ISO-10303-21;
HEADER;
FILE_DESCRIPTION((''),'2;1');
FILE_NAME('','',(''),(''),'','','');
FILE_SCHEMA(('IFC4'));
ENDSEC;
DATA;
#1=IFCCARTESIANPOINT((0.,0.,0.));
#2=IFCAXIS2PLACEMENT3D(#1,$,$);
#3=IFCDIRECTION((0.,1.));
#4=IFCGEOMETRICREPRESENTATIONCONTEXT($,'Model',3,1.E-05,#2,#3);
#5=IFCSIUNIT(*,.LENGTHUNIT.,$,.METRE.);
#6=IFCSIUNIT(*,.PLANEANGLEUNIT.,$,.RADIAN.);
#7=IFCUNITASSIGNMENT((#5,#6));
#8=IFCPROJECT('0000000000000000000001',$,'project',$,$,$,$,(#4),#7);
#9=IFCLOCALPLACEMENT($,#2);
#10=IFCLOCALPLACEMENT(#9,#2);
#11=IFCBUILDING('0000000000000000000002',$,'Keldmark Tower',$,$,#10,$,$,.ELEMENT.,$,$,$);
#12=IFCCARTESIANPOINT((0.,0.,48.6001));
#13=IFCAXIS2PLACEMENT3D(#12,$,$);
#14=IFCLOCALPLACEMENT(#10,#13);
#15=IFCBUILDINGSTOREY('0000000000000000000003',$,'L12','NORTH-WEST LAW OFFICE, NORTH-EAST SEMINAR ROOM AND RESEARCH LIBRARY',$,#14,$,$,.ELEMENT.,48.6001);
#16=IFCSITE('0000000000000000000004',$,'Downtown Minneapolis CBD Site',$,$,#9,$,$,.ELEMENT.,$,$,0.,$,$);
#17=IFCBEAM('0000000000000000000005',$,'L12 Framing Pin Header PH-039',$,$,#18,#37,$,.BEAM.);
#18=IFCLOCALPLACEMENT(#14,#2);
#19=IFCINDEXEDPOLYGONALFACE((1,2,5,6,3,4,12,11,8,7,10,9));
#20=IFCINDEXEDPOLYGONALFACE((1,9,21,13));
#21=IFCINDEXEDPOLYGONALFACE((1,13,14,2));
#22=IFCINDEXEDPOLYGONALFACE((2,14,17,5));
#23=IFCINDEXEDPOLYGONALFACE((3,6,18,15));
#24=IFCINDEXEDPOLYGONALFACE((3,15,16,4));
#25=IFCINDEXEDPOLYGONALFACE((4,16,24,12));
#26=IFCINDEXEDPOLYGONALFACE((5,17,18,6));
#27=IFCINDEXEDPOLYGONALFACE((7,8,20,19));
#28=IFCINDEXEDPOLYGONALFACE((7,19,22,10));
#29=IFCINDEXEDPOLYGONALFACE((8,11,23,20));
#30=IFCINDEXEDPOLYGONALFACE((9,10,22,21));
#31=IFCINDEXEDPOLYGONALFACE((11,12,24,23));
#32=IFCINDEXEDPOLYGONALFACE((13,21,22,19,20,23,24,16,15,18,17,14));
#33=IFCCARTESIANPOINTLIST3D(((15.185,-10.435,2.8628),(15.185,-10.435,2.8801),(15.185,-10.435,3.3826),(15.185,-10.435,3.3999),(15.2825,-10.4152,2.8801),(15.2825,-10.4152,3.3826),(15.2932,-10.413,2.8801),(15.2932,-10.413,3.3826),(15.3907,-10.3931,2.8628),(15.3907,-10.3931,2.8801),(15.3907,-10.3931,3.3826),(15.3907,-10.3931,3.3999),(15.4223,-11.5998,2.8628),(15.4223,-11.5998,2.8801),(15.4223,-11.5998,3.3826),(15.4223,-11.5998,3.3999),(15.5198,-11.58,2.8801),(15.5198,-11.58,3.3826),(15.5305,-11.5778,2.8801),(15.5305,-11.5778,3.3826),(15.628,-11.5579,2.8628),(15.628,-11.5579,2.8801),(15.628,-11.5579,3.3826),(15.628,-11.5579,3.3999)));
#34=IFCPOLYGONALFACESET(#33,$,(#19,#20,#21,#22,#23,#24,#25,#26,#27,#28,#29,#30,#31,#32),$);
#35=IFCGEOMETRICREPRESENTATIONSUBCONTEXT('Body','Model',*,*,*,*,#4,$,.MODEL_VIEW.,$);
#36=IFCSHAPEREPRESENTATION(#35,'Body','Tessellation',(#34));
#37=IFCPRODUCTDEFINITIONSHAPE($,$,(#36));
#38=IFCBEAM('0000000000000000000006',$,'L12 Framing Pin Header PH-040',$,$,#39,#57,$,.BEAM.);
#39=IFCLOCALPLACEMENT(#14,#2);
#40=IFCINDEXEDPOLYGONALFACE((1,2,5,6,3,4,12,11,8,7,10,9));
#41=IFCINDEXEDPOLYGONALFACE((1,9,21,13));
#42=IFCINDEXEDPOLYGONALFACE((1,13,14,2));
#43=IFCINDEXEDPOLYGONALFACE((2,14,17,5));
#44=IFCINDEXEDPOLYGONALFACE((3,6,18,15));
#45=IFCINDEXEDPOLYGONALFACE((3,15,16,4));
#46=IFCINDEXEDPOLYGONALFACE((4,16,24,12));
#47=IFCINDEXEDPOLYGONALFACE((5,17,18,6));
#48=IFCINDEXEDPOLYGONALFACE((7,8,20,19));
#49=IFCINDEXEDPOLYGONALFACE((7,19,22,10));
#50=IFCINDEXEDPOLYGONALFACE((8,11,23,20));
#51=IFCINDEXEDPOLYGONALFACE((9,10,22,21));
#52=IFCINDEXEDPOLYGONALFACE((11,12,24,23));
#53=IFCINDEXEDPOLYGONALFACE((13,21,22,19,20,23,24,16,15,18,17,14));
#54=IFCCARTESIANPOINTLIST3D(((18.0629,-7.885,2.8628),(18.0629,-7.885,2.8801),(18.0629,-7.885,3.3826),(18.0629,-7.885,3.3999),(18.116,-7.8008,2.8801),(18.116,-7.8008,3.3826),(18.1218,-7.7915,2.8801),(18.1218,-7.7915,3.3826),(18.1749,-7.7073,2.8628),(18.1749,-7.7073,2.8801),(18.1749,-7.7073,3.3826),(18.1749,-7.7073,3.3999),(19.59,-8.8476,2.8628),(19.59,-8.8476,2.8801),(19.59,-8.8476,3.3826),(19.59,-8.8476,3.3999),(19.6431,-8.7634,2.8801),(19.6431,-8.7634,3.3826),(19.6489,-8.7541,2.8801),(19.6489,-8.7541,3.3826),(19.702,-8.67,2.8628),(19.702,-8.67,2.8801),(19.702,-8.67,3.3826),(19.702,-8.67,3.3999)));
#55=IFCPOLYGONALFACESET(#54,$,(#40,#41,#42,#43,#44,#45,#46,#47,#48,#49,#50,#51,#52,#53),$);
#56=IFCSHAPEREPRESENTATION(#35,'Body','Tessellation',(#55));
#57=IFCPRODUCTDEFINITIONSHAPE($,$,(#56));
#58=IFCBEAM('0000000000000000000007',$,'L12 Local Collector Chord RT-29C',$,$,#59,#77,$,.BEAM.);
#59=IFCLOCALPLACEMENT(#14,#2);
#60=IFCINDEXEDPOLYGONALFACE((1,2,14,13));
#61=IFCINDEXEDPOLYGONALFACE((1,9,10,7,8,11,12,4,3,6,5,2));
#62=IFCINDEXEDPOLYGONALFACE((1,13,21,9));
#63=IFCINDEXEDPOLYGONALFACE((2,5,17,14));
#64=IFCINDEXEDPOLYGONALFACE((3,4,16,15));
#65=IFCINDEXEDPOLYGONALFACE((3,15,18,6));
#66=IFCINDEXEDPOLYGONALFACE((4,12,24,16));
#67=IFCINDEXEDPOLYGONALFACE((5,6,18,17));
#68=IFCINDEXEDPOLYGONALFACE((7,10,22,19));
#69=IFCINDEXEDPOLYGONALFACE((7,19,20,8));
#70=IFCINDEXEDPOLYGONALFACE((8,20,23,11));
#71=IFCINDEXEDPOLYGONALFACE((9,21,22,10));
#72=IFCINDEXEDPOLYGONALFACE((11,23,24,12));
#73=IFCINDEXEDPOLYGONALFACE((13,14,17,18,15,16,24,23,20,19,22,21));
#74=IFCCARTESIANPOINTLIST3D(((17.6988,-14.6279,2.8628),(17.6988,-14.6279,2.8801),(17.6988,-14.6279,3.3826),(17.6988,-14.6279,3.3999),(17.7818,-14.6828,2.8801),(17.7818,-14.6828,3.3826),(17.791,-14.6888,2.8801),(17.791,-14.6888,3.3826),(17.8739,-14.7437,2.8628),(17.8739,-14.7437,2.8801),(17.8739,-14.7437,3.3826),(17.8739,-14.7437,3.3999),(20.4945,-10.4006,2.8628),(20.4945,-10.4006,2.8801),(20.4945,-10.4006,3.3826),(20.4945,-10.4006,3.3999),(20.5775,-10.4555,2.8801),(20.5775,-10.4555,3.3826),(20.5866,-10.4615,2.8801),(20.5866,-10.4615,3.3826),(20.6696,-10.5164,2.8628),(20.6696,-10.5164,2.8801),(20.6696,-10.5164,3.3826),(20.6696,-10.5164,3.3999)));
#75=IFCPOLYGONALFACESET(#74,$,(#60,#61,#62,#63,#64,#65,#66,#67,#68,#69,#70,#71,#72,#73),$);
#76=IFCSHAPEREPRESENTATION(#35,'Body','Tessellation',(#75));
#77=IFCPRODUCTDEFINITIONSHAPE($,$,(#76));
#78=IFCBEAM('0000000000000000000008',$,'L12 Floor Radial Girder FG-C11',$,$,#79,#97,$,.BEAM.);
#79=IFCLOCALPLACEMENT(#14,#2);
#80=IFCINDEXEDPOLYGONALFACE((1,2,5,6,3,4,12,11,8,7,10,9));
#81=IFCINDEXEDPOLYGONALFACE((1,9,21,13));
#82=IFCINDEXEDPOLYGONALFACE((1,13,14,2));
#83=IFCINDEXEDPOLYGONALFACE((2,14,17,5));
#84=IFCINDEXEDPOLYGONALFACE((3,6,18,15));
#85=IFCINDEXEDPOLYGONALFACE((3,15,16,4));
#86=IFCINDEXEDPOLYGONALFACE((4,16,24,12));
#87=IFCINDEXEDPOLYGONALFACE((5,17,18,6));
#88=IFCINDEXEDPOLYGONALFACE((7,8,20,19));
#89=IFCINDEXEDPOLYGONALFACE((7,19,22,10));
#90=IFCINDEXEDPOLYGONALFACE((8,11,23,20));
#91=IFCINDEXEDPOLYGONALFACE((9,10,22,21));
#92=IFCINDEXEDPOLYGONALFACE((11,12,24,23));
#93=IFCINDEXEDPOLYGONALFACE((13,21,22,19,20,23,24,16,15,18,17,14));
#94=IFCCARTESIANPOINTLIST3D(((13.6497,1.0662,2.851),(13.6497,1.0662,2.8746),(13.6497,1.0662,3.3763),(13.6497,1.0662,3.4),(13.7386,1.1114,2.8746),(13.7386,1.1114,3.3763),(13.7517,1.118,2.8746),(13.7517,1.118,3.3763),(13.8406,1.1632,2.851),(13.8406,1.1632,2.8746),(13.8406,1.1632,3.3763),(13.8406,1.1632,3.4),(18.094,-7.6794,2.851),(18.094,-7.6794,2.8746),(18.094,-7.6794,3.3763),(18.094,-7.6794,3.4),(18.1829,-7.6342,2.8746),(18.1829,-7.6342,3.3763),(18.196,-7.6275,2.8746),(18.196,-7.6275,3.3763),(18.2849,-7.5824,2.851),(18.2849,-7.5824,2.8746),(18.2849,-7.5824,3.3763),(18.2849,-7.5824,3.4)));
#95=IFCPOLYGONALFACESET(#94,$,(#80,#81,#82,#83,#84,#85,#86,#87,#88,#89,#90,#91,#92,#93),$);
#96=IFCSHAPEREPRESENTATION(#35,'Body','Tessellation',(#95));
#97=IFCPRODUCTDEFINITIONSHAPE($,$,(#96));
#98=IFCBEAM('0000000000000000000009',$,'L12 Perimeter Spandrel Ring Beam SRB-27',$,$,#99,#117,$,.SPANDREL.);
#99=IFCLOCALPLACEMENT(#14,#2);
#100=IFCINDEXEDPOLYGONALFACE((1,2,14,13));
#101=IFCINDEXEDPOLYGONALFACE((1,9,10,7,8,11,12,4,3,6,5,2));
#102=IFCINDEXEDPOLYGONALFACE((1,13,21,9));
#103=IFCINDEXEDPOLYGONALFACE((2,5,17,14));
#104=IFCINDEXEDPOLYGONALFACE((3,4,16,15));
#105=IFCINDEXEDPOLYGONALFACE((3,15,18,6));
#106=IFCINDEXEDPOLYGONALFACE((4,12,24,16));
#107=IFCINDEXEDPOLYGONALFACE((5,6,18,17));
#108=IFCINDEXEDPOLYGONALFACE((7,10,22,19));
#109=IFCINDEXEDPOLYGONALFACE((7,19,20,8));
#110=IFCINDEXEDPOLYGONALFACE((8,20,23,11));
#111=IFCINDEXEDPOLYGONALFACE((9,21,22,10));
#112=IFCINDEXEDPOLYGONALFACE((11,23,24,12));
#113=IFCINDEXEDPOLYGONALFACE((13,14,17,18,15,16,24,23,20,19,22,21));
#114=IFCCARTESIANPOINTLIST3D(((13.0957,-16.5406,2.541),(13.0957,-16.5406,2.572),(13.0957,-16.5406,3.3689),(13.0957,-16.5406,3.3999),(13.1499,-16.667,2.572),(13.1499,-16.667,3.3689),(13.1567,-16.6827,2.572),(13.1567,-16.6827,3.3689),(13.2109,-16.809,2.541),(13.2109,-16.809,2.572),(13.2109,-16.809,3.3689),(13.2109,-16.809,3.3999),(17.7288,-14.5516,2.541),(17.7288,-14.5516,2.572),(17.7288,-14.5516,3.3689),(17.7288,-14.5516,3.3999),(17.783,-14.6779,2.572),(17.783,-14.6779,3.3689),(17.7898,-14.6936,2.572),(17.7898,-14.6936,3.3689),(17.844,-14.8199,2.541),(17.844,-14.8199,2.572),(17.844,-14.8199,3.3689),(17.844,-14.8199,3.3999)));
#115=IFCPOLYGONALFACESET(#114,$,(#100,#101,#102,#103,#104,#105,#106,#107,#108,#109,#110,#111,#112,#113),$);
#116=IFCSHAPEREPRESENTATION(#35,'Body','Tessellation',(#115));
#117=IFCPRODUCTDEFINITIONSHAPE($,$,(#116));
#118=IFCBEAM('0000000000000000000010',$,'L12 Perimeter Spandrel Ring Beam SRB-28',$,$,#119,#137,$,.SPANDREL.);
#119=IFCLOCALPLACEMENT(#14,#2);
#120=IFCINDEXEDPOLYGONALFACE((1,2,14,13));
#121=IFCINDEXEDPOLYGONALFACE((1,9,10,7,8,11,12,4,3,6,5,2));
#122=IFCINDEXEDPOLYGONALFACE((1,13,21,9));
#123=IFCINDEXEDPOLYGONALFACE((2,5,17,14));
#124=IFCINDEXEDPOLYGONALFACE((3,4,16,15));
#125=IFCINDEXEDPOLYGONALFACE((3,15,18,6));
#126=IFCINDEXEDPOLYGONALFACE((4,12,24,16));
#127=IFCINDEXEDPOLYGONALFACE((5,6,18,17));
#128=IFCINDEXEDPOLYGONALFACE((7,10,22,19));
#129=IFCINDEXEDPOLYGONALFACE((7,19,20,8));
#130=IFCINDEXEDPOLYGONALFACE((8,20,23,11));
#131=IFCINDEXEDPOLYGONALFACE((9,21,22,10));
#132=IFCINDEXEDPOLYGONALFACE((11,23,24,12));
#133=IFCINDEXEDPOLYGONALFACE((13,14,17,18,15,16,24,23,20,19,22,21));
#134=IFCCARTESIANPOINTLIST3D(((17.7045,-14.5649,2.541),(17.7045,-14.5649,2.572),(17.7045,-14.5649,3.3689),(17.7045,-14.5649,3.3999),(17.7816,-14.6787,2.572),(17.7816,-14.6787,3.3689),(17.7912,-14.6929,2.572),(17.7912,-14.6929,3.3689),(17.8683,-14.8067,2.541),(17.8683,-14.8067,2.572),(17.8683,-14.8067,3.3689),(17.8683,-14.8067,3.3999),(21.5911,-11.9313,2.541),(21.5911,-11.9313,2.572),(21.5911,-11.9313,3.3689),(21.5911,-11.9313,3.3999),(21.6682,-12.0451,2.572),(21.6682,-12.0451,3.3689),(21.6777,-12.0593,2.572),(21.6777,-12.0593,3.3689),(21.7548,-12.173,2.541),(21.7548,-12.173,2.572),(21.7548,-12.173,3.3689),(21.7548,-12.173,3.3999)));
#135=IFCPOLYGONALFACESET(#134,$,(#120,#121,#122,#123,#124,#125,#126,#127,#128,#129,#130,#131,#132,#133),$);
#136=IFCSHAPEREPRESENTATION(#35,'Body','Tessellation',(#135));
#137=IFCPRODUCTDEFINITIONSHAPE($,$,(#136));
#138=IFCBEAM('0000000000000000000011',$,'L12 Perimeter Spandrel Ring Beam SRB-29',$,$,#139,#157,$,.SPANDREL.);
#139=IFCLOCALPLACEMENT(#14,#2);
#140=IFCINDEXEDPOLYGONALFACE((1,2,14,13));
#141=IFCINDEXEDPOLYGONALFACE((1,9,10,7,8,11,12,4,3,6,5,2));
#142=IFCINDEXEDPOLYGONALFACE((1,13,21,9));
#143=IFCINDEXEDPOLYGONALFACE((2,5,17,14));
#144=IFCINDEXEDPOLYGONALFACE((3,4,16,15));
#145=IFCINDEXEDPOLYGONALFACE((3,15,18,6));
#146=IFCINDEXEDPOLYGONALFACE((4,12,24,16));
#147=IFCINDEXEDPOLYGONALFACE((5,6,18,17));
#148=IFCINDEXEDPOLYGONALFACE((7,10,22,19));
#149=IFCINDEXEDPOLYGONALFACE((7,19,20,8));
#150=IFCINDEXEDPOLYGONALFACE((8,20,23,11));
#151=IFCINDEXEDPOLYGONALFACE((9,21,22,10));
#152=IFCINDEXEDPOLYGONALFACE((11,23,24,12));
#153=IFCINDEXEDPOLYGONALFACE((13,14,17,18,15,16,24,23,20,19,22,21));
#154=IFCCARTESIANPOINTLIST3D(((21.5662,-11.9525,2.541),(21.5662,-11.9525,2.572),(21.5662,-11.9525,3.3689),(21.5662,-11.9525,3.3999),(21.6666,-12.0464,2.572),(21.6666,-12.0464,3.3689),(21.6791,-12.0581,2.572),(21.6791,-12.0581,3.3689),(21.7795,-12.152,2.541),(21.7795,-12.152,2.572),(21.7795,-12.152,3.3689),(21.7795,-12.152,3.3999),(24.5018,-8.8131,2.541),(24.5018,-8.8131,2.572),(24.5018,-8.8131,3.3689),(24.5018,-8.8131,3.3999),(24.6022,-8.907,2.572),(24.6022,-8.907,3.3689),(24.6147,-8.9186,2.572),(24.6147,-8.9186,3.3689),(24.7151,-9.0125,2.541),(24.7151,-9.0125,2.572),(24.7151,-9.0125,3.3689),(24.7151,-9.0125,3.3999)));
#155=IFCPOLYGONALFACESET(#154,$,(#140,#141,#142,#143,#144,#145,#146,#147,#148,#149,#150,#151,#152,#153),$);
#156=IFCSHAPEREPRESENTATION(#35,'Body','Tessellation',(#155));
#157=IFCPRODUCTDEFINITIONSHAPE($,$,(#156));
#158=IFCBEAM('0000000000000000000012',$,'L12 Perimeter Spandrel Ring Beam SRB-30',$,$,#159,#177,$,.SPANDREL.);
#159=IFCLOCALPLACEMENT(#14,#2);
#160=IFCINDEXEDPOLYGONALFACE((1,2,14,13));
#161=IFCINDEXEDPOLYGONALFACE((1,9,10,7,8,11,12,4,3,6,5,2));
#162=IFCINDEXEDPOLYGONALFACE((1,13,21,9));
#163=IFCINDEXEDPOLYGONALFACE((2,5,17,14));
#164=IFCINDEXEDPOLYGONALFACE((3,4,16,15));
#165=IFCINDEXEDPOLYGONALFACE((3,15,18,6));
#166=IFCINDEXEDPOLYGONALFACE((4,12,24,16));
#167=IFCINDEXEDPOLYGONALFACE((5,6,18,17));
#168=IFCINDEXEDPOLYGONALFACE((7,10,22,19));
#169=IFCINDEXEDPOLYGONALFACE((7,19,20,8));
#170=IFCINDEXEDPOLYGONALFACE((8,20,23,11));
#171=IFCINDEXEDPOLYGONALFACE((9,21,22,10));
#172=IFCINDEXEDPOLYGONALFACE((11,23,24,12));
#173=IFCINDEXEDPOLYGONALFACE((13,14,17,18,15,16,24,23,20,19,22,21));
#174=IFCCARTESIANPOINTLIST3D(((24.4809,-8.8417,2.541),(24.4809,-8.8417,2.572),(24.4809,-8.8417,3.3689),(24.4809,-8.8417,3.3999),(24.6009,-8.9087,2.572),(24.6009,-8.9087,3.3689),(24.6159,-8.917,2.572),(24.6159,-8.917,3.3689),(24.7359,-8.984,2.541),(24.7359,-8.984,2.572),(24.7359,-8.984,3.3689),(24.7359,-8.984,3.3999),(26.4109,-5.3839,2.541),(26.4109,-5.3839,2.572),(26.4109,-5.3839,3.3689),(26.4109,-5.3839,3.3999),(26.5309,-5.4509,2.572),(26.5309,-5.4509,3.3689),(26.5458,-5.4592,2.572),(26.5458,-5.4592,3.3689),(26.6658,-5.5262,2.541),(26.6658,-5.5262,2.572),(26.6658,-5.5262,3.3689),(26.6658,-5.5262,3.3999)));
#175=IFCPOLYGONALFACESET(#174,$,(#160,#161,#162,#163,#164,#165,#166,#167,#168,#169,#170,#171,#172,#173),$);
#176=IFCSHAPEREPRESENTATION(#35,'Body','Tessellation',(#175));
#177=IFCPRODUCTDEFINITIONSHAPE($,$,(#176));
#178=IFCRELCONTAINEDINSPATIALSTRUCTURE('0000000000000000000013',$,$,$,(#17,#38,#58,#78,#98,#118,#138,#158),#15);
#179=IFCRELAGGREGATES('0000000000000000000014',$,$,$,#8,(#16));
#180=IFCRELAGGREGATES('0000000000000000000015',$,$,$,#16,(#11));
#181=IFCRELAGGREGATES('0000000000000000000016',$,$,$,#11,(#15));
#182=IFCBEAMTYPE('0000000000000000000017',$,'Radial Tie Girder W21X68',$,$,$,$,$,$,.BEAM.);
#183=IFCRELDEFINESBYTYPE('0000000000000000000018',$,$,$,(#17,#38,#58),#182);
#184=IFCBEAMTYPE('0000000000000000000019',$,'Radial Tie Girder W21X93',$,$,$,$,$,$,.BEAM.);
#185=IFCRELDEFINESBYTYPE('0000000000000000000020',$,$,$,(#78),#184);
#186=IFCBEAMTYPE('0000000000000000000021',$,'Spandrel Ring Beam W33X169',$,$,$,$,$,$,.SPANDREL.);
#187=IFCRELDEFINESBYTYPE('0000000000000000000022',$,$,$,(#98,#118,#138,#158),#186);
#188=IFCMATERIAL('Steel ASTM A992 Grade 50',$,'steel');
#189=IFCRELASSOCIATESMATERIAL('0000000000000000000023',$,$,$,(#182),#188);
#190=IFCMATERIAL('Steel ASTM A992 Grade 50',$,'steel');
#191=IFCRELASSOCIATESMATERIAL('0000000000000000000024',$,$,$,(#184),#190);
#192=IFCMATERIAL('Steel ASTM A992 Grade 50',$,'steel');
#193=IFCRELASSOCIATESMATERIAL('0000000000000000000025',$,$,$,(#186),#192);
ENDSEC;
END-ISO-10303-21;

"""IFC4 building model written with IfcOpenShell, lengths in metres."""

from ifc_helpers import new_model, si_unit, direction, frame, origin, origin_2d, place, context, subcontext, project, spatial, i_section, extrude, material, material_profile, profile_set, type_object, element, save


model = new_model("IFC4")

# Units and contexts
model_context = context("Model", 3, precision=1e-05, world=origin(), true_north=direction((0.0, 1.0)))
body_context = subcontext(model_context, "Body", "Model", "MODEL_VIEW")
ifc_project = project(units=[si_unit("LENGTHUNIT", "METRE"), si_unit("PLANEANGLEUNIT", "RADIAN")], contexts=[model_context])

# Site, building, storey
site_placement = place(None, origin())
site = spatial("IfcSite", under=ifc_project, at=site_placement, Name="Downtown Minneapolis CBD Site", CompositionType="ELEMENT", RefElevation=0.0)
building_placement = place(site_placement, origin())
building = spatial("IfcBuilding", under=site, at=building_placement, Name="Keldmark Tower", CompositionType="ELEMENT")
storey_placement = place(building_placement, frame((0.0, 0.0, 48.6001)))
storey = spatial("IfcBuildingStorey", under=building, at=storey_placement, Name="L12", Description="NORTH-WEST LAW OFFICE, NORTH-EAST SEMINAR ROOM AND RESEARCH LIBRARY", CompositionType="ELEMENT", Elevation=48.6001)

# Beams
ifc_material_1 = material(Name="Steel ASTM A992 Grade 50", Category="steel")
ifc_material_profile_1 = material_profile(ifc_material_1, i_section(OverallWidth=0.21, OverallDepth=0.5371, WebThickness=0.011, FlangeThickness=0.0173, at=origin_2d()), Name="W21X68")
ifc_profile_set_1 = profile_set([ifc_material_profile_1], Name="Steel ASTM A992 Grade 50")
beam_type_1 = type_object("IfcBeamType", Name="Radial Tie Girder W21X68", PredefinedType="BEAM", material=ifc_profile_set_1)
beam_1_placement = place(storey_placement, frame((15.2878, -10.4141, 3.1313), z_axis=(0.19963, -0.979871, 0.0), x_axis=(0.979871, 0.19963, 0.0)))
element("IfcBeam", 1, at=beam_1_placement, inside=storey, type_object=beam_type_1, Name="L12 Framing Pin Header PH-039", PredefinedType="BEAM", context=body_context, shape_type="SweptSolid", body=[
    extrude(i_section(OverallWidth=0.21, OverallDepth=0.5371, WebThickness=0.011, FlangeThickness=0.0173, at=origin_2d()), origin(), (0.0, 0.0, 1.0), 1.1887),
])
beam_2_placement = place(storey_placement, frame((18.1189, -7.7961, 3.1313), z_axis=(0.845948, -0.533265, 0.0), x_axis=(0.533265, 0.845948, 0.0)))
element("IfcBeam", 2, at=beam_2_placement, inside=storey, type_object=beam_type_1, Name="L12 Framing Pin Header PH-040", PredefinedType="BEAM", context=body_context, shape_type="SweptSolid", body=[
    extrude(i_section(OverallWidth=0.21, OverallDepth=0.5371, WebThickness=0.011, FlangeThickness=0.0173, at=origin_2d()), origin(), (0.0, 0.0, 1.0), 1.8052),
])
beam_3_placement = place(storey_placement, frame((17.7864, -14.6858, 3.1313), z_axis=(0.551617, 0.834097, 0.0), x_axis=(-0.834097, 0.551617, 0.0)))
element("IfcBeam", 3, at=beam_3_placement, inside=storey, type_object=beam_type_1, Name="L12 Local Collector Chord RT-29C", PredefinedType="BEAM", context=body_context, shape_type="SweptSolid", body=[
    extrude(i_section(OverallWidth=0.21, OverallDepth=0.5371, WebThickness=0.011, FlangeThickness=0.0173, at=origin_2d()), origin(), (0.0, 0.0, 1.0), 5.0681),
])
ifc_material_2 = material(Name="Steel ASTM A992 Grade 50", Category="steel")
ifc_material_profile_2 = material_profile(ifc_material_2, i_section(OverallWidth=0.2141, OverallDepth=0.5491, WebThickness=0.0146, FlangeThickness=0.0237, at=origin_2d()), Name="W21X93")
ifc_profile_set_2 = profile_set([ifc_material_profile_2], Name="Steel ASTM A992 Grade 50")
beam_type_2 = type_object("IfcBeamType", Name="Radial Tie Girder W21X93", PredefinedType="BEAM", material=ifc_profile_set_2)
beam_4_placement = place(storey_placement, frame((18.1895, -7.6309, 3.1255), z_axis=(-0.453038, 0.891491, 0.0), x_axis=(-0.891491, -0.453038, 0.0)))
element("IfcBeam", 4, at=beam_4_placement, inside=storey, type_object=beam_type_2, Name="L12 Floor Radial Girder FG-C11", PredefinedType="BEAM", context=body_context, shape_type="SweptSolid", body=[
    extrude(i_section(OverallWidth=0.2141, OverallDepth=0.5491, WebThickness=0.0146, FlangeThickness=0.0237, at=origin_2d()), origin(), (0.0, 0.0, 1.0), 9.8101),
])
ifc_material_3 = material(Name="Steel ASTM A992 Grade 50", Category="steel")
ifc_material_profile_3 = material_profile(ifc_material_3, i_section(OverallWidth=0.292, OverallDepth=0.8589, WebThickness=0.0171, FlangeThickness=0.031, at=origin_2d()), Name="W33X169")
ifc_profile_set_3 = profile_set([ifc_material_profile_3], Name="Steel ASTM A992 Grade 50")
beam_type_3 = type_object("IfcBeamType", Name="Spandrel Ring Beam W33X169", PredefinedType="SPANDREL", material=ifc_profile_set_3)
beam_5_placement = place(storey_placement, frame((13.1533, -16.6748, 2.9705), z_axis=(0.918899, 0.394492, 0.0), x_axis=(-0.394492, 0.918899, 0.0)))
element("IfcBeam", 5, at=beam_5_placement, inside=storey, type_object=beam_type_3, Name="L12 Perimeter Spandrel Ring Beam SRB-27", PredefinedType="SPANDREL", context=body_context, shape_type="SweptSolid", body=[
    extrude(i_section(OverallWidth=0.292, OverallDepth=0.8589, WebThickness=0.0171, FlangeThickness=0.031, at=origin_2d()), origin(), (0.0, 0.0, 1.0), 5.042),
])
beam_6_placement = place(storey_placement, frame((17.7864, -14.6858, 2.9705), z_axis=(0.827842, 0.560961, 0.0), x_axis=(-0.560961, 0.827842, 0.0)))
element("IfcBeam", 6, at=beam_6_placement, inside=storey, type_object=beam_type_3, Name="L12 Perimeter Spandrel Ring Beam SRB-28", PredefinedType="SPANDREL", context=body_context, shape_type="SweptSolid", body=[
    extrude(i_section(OverallWidth=0.292, OverallDepth=0.8589, WebThickness=0.0171, FlangeThickness=0.031, at=origin_2d()), origin(), (0.0, 0.0, 1.0), 4.6948),
])
beam_7_placement = place(storey_placement, frame((21.6729, -12.0522, 2.9705), z_axis=(0.682994, 0.730424, 0.0), x_axis=(-0.730424, 0.682994, 0.0)))
element("IfcBeam", 7, at=beam_7_placement, inside=storey, type_object=beam_type_3, Name="L12 Perimeter Spandrel Ring Beam SRB-29", PredefinedType="SPANDREL", context=body_context, shape_type="SweptSolid", body=[
    extrude(i_section(OverallWidth=0.292, OverallDepth=0.8589, WebThickness=0.0171, FlangeThickness=0.031, at=origin_2d()), origin(), (0.0, 0.0, 1.0), 4.2981),
])
beam_8_placement = place(storey_placement, frame((24.6084, -8.9128, 2.9705), z_axis=(0.487369, 0.873196, 0.0), x_axis=(-0.873196, 0.487369, 0.0)))
element("IfcBeam", 8, at=beam_8_placement, inside=storey, type_object=beam_type_3, Name="L12 Perimeter Spandrel Ring Beam SRB-30", PredefinedType="SPANDREL", context=body_context, shape_type="SweptSolid", body=[
    extrude(i_section(OverallWidth=0.292, OverallDepth=0.8589, WebThickness=0.0171, FlangeThickness=0.031, at=origin_2d()), origin(), (0.0, 0.0, 1.0), 3.96),
])

save(model, "model.ifc")
